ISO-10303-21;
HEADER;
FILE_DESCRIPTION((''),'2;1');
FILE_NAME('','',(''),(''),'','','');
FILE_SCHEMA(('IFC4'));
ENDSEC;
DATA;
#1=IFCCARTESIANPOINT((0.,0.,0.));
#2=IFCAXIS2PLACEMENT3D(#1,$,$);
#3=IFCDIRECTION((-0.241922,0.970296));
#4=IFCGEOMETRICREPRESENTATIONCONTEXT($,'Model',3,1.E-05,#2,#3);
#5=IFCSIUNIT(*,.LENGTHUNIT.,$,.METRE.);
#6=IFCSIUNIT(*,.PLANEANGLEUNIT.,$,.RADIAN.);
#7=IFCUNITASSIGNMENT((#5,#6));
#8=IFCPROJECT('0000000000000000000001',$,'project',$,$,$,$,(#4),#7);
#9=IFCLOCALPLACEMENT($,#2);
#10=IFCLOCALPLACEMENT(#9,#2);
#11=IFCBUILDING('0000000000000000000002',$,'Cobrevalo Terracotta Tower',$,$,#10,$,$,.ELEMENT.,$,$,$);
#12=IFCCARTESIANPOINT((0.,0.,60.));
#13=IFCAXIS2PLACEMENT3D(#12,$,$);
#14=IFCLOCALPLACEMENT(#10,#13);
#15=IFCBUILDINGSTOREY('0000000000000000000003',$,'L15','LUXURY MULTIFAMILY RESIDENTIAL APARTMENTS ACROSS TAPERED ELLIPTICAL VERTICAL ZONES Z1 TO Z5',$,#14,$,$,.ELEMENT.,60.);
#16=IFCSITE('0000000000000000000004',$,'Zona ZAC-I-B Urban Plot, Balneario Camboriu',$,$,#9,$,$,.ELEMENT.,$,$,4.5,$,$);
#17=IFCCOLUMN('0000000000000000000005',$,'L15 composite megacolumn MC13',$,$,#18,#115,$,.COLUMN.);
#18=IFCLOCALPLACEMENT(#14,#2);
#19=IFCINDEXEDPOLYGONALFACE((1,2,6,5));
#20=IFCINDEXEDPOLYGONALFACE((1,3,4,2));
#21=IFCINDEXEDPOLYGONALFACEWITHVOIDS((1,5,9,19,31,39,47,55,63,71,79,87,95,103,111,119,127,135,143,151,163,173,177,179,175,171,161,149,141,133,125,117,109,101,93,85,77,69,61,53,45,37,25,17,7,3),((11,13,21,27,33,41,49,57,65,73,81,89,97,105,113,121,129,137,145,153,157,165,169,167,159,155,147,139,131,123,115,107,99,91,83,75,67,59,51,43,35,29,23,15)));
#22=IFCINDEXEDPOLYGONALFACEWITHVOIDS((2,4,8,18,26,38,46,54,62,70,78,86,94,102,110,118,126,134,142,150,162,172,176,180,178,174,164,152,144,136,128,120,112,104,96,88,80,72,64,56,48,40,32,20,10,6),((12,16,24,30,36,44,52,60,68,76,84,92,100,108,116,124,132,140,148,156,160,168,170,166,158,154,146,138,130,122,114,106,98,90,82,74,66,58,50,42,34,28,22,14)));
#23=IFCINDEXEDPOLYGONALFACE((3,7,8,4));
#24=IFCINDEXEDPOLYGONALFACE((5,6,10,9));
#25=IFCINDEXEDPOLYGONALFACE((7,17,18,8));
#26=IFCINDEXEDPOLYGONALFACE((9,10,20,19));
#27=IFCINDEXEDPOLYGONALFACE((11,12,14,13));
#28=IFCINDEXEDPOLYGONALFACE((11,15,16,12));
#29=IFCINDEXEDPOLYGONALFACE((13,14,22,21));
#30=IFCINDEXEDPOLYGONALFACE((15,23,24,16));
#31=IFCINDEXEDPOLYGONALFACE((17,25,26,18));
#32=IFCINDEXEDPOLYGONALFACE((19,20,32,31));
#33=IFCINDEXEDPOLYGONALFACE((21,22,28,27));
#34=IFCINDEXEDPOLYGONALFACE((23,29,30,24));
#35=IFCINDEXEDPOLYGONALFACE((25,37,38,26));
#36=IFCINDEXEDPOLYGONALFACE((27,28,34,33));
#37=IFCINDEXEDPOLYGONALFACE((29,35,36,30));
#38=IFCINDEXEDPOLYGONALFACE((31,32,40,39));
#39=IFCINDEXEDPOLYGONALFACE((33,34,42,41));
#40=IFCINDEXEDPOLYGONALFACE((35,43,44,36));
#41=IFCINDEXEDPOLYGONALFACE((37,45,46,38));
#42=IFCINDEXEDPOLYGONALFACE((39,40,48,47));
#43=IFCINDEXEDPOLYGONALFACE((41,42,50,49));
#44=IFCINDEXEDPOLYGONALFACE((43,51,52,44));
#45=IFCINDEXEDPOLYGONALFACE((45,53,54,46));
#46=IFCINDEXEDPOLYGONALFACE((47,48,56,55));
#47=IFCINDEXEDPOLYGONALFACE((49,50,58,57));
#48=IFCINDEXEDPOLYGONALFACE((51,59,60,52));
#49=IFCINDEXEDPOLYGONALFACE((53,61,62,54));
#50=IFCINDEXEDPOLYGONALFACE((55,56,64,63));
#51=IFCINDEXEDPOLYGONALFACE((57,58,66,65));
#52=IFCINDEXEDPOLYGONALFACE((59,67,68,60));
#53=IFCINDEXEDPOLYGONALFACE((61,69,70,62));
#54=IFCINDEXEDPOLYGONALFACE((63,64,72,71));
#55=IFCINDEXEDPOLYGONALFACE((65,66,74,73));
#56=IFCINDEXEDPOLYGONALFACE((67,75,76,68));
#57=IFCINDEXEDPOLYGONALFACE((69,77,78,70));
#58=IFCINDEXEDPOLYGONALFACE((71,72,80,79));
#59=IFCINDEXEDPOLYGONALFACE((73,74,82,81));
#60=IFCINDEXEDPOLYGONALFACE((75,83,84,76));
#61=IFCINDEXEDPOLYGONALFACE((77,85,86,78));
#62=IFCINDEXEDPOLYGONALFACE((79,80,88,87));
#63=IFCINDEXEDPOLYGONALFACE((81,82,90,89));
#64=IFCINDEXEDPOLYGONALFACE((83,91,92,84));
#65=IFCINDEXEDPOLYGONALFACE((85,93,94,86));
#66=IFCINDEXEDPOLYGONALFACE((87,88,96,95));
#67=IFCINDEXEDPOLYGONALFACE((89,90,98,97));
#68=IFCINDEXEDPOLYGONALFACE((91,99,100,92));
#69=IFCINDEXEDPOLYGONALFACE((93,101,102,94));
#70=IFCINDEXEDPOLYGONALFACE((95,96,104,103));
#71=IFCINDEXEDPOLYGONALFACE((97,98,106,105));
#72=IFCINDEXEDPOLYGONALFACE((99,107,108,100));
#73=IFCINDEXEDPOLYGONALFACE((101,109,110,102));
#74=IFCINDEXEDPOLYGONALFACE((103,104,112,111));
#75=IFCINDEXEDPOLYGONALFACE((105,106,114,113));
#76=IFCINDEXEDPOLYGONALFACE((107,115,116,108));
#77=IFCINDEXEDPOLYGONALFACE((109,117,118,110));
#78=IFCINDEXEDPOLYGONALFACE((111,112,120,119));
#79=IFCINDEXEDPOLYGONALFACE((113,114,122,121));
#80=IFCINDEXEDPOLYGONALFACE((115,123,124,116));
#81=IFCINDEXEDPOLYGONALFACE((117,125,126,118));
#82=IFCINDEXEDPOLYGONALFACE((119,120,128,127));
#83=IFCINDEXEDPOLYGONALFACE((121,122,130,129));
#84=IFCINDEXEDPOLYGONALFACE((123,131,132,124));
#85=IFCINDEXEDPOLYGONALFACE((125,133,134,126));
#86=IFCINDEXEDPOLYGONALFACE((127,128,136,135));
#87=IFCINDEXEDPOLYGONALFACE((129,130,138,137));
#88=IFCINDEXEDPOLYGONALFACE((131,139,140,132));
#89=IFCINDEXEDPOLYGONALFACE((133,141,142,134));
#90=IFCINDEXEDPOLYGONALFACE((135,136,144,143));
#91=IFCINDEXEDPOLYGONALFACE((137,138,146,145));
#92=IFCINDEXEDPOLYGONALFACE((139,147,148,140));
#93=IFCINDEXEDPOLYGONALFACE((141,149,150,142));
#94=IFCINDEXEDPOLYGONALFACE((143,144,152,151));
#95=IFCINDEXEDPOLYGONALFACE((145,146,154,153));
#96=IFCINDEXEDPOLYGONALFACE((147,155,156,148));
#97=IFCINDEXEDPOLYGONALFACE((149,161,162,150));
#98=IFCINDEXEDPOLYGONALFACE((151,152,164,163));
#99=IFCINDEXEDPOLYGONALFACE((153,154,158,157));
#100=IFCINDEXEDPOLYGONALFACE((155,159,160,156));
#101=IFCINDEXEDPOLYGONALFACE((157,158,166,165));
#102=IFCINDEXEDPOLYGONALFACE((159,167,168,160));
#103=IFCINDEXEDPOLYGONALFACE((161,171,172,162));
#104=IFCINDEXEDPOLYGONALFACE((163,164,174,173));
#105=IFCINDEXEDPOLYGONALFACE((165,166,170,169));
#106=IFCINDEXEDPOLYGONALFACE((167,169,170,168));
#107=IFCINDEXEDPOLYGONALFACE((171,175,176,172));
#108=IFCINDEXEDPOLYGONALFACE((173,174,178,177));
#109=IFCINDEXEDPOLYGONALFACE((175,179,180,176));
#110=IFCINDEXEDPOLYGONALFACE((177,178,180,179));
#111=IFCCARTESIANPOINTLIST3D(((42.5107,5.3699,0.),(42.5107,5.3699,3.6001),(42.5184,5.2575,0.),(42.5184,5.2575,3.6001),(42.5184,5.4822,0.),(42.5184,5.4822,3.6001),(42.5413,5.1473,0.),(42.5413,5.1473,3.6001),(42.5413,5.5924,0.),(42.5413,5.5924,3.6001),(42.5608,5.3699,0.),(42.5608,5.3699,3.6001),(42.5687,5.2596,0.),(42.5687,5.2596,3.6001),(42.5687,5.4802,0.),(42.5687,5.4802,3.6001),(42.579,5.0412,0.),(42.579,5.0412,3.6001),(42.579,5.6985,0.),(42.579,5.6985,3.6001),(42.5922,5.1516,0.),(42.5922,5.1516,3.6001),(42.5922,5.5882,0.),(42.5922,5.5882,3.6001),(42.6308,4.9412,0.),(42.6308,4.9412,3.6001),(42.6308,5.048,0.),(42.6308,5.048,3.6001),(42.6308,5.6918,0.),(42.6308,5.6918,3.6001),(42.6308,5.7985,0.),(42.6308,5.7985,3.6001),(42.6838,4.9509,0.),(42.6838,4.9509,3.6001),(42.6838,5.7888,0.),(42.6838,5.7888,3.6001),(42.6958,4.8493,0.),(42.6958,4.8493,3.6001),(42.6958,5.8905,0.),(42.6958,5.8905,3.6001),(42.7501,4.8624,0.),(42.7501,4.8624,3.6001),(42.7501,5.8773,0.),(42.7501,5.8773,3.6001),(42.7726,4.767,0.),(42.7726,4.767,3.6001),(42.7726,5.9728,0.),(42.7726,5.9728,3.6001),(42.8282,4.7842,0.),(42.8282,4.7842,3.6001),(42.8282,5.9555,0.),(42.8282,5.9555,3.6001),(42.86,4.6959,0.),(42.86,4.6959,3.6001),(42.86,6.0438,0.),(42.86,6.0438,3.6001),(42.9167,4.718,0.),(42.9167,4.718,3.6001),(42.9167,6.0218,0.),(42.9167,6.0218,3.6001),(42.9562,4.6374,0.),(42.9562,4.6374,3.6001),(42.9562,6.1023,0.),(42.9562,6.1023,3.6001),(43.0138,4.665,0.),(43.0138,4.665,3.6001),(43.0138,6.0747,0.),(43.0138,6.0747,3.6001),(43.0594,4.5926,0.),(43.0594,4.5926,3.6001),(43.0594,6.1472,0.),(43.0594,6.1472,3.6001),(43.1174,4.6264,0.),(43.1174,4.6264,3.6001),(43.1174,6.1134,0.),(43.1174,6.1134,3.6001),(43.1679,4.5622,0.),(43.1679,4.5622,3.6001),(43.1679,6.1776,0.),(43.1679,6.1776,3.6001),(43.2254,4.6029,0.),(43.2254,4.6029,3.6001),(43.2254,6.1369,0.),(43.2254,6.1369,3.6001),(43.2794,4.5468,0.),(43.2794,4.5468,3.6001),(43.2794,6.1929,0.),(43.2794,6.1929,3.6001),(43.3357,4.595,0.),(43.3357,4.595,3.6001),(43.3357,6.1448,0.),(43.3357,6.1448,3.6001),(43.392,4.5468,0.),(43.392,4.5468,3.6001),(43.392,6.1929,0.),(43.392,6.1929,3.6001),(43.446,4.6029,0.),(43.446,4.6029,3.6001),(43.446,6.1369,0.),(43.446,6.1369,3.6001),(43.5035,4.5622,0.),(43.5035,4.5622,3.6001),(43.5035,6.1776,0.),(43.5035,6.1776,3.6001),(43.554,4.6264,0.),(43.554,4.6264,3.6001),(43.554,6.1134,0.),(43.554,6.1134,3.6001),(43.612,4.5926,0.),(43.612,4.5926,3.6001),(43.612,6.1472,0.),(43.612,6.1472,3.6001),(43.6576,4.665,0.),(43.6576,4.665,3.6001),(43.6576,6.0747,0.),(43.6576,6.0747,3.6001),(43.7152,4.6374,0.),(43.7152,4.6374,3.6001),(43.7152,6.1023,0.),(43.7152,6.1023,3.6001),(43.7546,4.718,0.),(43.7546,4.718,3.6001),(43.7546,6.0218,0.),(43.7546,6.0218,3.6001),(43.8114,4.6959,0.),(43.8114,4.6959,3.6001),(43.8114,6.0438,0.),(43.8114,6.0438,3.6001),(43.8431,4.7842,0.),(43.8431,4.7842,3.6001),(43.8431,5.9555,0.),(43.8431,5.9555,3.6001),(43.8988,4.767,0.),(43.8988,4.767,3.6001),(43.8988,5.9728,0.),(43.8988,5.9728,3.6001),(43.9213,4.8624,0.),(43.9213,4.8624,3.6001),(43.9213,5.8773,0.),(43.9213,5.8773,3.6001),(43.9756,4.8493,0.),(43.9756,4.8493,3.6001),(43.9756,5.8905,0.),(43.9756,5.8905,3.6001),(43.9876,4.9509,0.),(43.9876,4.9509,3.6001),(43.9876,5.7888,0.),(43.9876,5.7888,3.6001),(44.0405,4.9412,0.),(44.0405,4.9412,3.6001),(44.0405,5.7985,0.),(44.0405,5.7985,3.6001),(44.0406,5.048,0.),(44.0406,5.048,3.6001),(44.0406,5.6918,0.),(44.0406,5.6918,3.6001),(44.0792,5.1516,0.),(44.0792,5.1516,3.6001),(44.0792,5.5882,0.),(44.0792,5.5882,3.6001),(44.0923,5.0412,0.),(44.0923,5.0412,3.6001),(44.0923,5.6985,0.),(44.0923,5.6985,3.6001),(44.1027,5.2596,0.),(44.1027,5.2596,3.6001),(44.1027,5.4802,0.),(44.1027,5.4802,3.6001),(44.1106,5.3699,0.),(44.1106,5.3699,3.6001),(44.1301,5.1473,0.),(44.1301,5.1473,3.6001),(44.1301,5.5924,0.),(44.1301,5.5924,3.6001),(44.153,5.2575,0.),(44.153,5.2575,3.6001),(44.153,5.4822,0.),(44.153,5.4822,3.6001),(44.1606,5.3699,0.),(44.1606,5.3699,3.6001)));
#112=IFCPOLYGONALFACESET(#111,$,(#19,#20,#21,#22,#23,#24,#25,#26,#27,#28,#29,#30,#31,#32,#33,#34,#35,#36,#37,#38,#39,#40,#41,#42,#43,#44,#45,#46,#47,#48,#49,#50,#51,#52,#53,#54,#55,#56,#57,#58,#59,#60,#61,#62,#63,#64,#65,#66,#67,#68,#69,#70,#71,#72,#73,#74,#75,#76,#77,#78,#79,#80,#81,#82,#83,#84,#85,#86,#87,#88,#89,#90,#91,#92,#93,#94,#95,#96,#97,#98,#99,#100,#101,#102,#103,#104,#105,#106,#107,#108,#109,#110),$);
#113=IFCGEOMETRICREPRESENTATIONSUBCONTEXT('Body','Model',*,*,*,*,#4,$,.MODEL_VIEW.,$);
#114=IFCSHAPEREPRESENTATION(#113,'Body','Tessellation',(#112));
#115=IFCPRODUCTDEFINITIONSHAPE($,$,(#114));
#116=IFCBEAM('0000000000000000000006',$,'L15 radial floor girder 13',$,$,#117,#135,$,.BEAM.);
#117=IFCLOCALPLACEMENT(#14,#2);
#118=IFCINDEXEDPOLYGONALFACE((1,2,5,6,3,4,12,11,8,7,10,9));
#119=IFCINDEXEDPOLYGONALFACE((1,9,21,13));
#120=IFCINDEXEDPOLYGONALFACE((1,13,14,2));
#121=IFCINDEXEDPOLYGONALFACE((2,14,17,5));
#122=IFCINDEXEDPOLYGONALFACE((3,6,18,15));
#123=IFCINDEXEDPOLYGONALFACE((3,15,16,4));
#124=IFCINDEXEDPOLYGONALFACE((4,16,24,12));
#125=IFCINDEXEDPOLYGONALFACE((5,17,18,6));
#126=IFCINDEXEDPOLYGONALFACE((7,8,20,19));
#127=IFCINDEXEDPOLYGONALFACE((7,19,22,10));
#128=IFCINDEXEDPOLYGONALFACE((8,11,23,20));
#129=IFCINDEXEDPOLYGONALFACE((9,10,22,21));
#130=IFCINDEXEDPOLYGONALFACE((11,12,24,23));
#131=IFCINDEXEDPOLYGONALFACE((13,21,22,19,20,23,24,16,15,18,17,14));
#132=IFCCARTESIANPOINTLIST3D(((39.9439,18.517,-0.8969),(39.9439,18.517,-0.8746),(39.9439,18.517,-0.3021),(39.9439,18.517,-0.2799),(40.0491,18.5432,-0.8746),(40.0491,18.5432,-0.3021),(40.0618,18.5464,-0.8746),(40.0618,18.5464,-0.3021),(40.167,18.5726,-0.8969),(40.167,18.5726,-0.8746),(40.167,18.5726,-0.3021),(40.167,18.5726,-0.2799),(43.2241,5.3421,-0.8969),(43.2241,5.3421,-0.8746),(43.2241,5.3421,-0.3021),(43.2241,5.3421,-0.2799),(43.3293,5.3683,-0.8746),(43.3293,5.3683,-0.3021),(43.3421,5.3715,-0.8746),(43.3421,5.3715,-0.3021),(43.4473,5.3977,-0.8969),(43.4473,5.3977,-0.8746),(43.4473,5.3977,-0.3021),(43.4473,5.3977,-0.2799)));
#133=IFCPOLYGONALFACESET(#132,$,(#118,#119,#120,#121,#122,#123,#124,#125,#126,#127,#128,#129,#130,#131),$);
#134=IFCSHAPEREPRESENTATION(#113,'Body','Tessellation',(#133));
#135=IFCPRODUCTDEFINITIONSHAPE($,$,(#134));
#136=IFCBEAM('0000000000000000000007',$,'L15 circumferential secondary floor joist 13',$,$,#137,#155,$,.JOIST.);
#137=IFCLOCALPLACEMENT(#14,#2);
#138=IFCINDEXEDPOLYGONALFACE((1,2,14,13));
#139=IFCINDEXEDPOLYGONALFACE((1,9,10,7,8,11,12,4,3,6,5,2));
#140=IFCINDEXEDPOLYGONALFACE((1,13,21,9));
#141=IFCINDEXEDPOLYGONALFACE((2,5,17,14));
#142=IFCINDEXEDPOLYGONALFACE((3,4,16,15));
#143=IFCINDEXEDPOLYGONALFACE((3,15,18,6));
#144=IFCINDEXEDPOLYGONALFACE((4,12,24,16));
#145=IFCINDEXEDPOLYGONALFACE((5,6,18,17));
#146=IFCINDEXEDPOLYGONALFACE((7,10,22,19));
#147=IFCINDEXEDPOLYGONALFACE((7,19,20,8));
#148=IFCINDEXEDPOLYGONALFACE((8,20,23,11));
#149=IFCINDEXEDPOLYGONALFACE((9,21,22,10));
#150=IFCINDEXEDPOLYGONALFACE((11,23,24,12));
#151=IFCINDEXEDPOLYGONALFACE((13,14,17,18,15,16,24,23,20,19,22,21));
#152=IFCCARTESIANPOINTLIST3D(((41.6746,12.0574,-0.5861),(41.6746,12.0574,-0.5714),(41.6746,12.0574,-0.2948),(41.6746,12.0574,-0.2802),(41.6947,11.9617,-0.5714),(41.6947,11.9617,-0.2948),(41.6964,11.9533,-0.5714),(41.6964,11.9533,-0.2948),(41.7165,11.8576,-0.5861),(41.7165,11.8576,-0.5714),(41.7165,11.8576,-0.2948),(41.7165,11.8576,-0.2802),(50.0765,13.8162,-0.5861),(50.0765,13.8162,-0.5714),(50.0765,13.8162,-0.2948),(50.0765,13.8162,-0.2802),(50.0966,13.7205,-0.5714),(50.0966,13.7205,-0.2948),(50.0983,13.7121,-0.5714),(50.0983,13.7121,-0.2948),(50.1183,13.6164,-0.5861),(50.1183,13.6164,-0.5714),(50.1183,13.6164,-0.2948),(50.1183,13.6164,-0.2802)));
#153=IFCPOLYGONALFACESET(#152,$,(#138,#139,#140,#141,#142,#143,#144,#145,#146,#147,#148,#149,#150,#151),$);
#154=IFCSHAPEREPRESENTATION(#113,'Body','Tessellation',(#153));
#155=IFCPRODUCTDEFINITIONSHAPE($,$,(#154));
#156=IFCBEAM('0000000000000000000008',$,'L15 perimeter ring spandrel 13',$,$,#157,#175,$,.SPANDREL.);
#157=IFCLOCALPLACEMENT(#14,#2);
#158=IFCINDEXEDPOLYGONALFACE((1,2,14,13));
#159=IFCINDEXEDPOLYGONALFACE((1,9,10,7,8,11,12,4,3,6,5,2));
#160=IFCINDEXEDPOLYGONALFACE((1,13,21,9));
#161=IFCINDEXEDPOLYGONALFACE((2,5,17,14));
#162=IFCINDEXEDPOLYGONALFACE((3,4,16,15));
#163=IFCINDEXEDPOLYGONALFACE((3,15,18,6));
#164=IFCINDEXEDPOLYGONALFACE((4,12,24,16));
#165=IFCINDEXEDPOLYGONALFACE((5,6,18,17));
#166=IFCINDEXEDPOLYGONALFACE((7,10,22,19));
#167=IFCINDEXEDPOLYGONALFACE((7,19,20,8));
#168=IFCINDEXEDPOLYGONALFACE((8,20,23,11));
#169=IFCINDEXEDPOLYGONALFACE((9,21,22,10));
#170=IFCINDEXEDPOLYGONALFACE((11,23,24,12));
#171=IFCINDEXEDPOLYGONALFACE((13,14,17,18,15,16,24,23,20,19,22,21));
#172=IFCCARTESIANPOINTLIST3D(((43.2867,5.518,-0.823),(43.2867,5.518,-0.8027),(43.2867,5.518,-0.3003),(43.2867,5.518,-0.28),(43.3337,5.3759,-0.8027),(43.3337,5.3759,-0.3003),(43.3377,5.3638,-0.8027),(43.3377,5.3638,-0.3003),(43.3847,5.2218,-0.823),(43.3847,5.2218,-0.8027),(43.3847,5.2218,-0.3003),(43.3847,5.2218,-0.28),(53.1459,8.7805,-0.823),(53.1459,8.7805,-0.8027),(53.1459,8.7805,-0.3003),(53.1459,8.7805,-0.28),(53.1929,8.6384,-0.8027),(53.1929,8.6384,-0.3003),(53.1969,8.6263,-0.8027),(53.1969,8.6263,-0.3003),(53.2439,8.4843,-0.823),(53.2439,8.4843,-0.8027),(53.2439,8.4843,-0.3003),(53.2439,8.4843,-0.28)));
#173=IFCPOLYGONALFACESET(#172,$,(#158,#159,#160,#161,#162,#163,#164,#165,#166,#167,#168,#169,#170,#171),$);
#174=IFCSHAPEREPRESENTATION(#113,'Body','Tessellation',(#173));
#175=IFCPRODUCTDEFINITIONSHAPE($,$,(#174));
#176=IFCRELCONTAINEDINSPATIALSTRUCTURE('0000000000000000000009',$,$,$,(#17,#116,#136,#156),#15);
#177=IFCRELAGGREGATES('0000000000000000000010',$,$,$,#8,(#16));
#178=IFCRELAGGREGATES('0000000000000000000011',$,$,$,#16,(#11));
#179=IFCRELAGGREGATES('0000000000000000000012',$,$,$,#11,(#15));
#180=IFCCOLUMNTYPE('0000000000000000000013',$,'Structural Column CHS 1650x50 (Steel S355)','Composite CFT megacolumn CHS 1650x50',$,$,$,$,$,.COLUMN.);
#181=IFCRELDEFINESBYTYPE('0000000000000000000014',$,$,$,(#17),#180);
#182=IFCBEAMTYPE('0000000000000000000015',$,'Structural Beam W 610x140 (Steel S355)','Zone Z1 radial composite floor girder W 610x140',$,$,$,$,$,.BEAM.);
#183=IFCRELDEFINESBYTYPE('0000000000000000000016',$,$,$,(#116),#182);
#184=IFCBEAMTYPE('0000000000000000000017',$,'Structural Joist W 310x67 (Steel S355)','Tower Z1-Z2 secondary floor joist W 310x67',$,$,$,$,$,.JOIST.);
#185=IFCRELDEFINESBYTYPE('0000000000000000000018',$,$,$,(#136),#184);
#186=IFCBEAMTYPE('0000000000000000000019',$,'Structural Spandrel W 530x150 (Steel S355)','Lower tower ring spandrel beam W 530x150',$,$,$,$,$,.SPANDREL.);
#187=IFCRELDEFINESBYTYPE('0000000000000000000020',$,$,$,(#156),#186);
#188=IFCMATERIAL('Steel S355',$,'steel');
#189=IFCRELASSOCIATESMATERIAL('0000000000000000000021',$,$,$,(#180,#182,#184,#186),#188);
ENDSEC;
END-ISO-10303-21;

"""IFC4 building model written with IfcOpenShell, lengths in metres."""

from ifc_helpers import new_model, si_unit, direction, frame, origin, origin_2d, place, context, subcontext, project, spatial, hollow_circle, i_section, extrude, material, material_profile, profile_set, type_object, element, save


model = new_model("IFC4")

# Units and contexts
model_context = context("Model", 3, precision=1e-05, world=origin(), true_north=direction((-0.241922, 0.970296)))
body_context = subcontext(model_context, "Body", "Model", "MODEL_VIEW")
ifc_project = project(units=[si_unit("LENGTHUNIT", "METRE"), si_unit("PLANEANGLEUNIT", "RADIAN")], contexts=[model_context])

# Site, building, storey
site_placement = place(None, origin())
site = spatial("IfcSite", under=ifc_project, at=site_placement, Name="Zona ZAC-I-B Urban Plot, Balneario Camboriu", CompositionType="ELEMENT", RefElevation=4.5)
building_placement = place(site_placement, origin())
building = spatial("IfcBuilding", under=site, at=building_placement, Name="Cobrevalo Terracotta Tower", CompositionType="ELEMENT")
storey_placement = place(building_placement, frame((0.0, 0.0, 60.0)))
storey = spatial("IfcBuildingStorey", under=building, at=storey_placement, Name="L15", Description="LUXURY MULTIFAMILY RESIDENTIAL APARTMENTS ACROSS TAPERED ELLIPTICAL VERTICAL ZONES Z1 TO Z5", CompositionType="ELEMENT", Elevation=60.0)

# Column
ifc_material_1 = material(Name="Steel S355", Category="steel")
ifc_material_profile_1 = material_profile(ifc_material_1, hollow_circle(Radius=0.825, WallThickness=0.05, at=origin_2d()), Name="CHS 1650x50")
ifc_profile_set_1 = profile_set([ifc_material_profile_1], Name="Steel S355")
column_type = type_object("IfcColumnType", Name="Structural Column CHS 1650x50 (Steel S355)", Description="Composite CFT megacolumn CHS 1650x50", PredefinedType="COLUMN", material=ifc_profile_set_1)
column_placement = place(storey_placement, frame((43.3357, 5.3699, 0.0), z_axis=(0.0, 0.0, 1.0), x_axis=(1.0, 0.0, 0.0)))
element("IfcColumn", 1, at=column_placement, inside=storey, type_object=column_type, Name="L15 composite megacolumn MC13", PredefinedType="COLUMN", context=body_context, shape_type="SweptSolid", body=[
    extrude(hollow_circle(Radius=0.825, WallThickness=0.05, at=origin_2d()), origin(), (0.0, 0.0, 1.0), 3.6001),
])

# Beams
ifc_material_profile_2 = material_profile(ifc_material_1, i_section(OverallWidth=0.23, OverallDepth=0.6169, WebThickness=0.0132, FlangeThickness=0.0222, at=origin_2d()), Name="W 610x140")
ifc_profile_set_2 = profile_set([ifc_material_profile_2], Name="Steel S355")
beam_type_1 = type_object("IfcBeamType", Name="Structural Beam W 610x140 (Steel S355)", Description="Zone Z1 radial composite floor girder W 610x140", PredefinedType="BEAM", material=ifc_profile_set_2)
beam_1_placement = place(storey_placement, frame((43.3357, 5.3699, -0.5884), z_axis=(-0.2416, 0.970376, 0.0), x_axis=(-0.970376, -0.2416, 0.0)))
element("IfcBeam", 2, at=beam_1_placement, inside=storey, type_object=beam_type_1, Name="L15 radial floor girder 13", PredefinedType="BEAM", context=body_context, shape_type="SweptSolid", body=[
    extrude(i_section(OverallWidth=0.23, OverallDepth=0.6169, WebThickness=0.0132, FlangeThickness=0.0222, at=origin_2d()), origin(), (0.0, 0.0, 1.0), 13.5771),
])
ifc_material_profile_3 = material_profile(ifc_material_1, i_section(OverallWidth=0.2041, OverallDepth=0.3059, WebThickness=0.0085, FlangeThickness=0.0146, at=origin_2d()), Name="W 310x67")
ifc_profile_set_3 = profile_set([ifc_material_profile_3], Name="Steel S355")
beam_type_2 = type_object("IfcBeamType", Name="Structural Joist W 310x67 (Steel S355)", Description="Tower Z1-Z2 secondary floor joist W 310x67", PredefinedType="JOIST", material=ifc_profile_set_3)
beam_2_placement = place(storey_placement, frame((41.6956, 11.9575, -0.4331), z_axis=(0.978785, 0.204892, 0.0), x_axis=(-0.204892, 0.978785, 0.0)))
element("IfcBeam", 3, at=beam_2_placement, inside=storey, type_object=beam_type_2, Name="L15 circumferential secondary floor joist 13", PredefinedType="JOIST", context=body_context, shape_type="SweptSolid", body=[
    extrude(i_section(OverallWidth=0.2041, OverallDepth=0.3059, WebThickness=0.0085, FlangeThickness=0.0146, at=origin_2d()), origin(), (0.0, 0.0, 1.0), 8.584),
])
ifc_material_profile_4 = material_profile(ifc_material_1, i_section(OverallWidth=0.312, OverallDepth=0.543, WebThickness=0.0127, FlangeThickness=0.0203, at=origin_2d()), Name="W 530x150")
ifc_profile_set_4 = profile_set([ifc_material_profile_4], Name="Steel S355")
beam_type_3 = type_object("IfcBeamType", Name="Structural Spandrel W 530x150 (Steel S355)", Description="Lower tower ring spandrel beam W 530x150", PredefinedType="SPANDREL", material=ifc_profile_set_4)
beam_3_placement = place(storey_placement, frame((43.3357, 5.3699, -0.5515), z_axis=(0.949372, 0.314153, 0.0), x_axis=(-0.314153, 0.949372, 0.0)))
element("IfcBeam", 4, at=beam_3_placement, inside=storey, type_object=beam_type_3, Name="L15 perimeter ring spandrel 13", PredefinedType="SPANDREL", context=body_context, shape_type="SweptSolid", body=[
    extrude(i_section(OverallWidth=0.312, OverallDepth=0.543, WebThickness=0.0127, FlangeThickness=0.0203, at=origin_2d()), origin(), (0.0, 0.0, 1.0), 10.385),
])

save(model, "model.ifc")
